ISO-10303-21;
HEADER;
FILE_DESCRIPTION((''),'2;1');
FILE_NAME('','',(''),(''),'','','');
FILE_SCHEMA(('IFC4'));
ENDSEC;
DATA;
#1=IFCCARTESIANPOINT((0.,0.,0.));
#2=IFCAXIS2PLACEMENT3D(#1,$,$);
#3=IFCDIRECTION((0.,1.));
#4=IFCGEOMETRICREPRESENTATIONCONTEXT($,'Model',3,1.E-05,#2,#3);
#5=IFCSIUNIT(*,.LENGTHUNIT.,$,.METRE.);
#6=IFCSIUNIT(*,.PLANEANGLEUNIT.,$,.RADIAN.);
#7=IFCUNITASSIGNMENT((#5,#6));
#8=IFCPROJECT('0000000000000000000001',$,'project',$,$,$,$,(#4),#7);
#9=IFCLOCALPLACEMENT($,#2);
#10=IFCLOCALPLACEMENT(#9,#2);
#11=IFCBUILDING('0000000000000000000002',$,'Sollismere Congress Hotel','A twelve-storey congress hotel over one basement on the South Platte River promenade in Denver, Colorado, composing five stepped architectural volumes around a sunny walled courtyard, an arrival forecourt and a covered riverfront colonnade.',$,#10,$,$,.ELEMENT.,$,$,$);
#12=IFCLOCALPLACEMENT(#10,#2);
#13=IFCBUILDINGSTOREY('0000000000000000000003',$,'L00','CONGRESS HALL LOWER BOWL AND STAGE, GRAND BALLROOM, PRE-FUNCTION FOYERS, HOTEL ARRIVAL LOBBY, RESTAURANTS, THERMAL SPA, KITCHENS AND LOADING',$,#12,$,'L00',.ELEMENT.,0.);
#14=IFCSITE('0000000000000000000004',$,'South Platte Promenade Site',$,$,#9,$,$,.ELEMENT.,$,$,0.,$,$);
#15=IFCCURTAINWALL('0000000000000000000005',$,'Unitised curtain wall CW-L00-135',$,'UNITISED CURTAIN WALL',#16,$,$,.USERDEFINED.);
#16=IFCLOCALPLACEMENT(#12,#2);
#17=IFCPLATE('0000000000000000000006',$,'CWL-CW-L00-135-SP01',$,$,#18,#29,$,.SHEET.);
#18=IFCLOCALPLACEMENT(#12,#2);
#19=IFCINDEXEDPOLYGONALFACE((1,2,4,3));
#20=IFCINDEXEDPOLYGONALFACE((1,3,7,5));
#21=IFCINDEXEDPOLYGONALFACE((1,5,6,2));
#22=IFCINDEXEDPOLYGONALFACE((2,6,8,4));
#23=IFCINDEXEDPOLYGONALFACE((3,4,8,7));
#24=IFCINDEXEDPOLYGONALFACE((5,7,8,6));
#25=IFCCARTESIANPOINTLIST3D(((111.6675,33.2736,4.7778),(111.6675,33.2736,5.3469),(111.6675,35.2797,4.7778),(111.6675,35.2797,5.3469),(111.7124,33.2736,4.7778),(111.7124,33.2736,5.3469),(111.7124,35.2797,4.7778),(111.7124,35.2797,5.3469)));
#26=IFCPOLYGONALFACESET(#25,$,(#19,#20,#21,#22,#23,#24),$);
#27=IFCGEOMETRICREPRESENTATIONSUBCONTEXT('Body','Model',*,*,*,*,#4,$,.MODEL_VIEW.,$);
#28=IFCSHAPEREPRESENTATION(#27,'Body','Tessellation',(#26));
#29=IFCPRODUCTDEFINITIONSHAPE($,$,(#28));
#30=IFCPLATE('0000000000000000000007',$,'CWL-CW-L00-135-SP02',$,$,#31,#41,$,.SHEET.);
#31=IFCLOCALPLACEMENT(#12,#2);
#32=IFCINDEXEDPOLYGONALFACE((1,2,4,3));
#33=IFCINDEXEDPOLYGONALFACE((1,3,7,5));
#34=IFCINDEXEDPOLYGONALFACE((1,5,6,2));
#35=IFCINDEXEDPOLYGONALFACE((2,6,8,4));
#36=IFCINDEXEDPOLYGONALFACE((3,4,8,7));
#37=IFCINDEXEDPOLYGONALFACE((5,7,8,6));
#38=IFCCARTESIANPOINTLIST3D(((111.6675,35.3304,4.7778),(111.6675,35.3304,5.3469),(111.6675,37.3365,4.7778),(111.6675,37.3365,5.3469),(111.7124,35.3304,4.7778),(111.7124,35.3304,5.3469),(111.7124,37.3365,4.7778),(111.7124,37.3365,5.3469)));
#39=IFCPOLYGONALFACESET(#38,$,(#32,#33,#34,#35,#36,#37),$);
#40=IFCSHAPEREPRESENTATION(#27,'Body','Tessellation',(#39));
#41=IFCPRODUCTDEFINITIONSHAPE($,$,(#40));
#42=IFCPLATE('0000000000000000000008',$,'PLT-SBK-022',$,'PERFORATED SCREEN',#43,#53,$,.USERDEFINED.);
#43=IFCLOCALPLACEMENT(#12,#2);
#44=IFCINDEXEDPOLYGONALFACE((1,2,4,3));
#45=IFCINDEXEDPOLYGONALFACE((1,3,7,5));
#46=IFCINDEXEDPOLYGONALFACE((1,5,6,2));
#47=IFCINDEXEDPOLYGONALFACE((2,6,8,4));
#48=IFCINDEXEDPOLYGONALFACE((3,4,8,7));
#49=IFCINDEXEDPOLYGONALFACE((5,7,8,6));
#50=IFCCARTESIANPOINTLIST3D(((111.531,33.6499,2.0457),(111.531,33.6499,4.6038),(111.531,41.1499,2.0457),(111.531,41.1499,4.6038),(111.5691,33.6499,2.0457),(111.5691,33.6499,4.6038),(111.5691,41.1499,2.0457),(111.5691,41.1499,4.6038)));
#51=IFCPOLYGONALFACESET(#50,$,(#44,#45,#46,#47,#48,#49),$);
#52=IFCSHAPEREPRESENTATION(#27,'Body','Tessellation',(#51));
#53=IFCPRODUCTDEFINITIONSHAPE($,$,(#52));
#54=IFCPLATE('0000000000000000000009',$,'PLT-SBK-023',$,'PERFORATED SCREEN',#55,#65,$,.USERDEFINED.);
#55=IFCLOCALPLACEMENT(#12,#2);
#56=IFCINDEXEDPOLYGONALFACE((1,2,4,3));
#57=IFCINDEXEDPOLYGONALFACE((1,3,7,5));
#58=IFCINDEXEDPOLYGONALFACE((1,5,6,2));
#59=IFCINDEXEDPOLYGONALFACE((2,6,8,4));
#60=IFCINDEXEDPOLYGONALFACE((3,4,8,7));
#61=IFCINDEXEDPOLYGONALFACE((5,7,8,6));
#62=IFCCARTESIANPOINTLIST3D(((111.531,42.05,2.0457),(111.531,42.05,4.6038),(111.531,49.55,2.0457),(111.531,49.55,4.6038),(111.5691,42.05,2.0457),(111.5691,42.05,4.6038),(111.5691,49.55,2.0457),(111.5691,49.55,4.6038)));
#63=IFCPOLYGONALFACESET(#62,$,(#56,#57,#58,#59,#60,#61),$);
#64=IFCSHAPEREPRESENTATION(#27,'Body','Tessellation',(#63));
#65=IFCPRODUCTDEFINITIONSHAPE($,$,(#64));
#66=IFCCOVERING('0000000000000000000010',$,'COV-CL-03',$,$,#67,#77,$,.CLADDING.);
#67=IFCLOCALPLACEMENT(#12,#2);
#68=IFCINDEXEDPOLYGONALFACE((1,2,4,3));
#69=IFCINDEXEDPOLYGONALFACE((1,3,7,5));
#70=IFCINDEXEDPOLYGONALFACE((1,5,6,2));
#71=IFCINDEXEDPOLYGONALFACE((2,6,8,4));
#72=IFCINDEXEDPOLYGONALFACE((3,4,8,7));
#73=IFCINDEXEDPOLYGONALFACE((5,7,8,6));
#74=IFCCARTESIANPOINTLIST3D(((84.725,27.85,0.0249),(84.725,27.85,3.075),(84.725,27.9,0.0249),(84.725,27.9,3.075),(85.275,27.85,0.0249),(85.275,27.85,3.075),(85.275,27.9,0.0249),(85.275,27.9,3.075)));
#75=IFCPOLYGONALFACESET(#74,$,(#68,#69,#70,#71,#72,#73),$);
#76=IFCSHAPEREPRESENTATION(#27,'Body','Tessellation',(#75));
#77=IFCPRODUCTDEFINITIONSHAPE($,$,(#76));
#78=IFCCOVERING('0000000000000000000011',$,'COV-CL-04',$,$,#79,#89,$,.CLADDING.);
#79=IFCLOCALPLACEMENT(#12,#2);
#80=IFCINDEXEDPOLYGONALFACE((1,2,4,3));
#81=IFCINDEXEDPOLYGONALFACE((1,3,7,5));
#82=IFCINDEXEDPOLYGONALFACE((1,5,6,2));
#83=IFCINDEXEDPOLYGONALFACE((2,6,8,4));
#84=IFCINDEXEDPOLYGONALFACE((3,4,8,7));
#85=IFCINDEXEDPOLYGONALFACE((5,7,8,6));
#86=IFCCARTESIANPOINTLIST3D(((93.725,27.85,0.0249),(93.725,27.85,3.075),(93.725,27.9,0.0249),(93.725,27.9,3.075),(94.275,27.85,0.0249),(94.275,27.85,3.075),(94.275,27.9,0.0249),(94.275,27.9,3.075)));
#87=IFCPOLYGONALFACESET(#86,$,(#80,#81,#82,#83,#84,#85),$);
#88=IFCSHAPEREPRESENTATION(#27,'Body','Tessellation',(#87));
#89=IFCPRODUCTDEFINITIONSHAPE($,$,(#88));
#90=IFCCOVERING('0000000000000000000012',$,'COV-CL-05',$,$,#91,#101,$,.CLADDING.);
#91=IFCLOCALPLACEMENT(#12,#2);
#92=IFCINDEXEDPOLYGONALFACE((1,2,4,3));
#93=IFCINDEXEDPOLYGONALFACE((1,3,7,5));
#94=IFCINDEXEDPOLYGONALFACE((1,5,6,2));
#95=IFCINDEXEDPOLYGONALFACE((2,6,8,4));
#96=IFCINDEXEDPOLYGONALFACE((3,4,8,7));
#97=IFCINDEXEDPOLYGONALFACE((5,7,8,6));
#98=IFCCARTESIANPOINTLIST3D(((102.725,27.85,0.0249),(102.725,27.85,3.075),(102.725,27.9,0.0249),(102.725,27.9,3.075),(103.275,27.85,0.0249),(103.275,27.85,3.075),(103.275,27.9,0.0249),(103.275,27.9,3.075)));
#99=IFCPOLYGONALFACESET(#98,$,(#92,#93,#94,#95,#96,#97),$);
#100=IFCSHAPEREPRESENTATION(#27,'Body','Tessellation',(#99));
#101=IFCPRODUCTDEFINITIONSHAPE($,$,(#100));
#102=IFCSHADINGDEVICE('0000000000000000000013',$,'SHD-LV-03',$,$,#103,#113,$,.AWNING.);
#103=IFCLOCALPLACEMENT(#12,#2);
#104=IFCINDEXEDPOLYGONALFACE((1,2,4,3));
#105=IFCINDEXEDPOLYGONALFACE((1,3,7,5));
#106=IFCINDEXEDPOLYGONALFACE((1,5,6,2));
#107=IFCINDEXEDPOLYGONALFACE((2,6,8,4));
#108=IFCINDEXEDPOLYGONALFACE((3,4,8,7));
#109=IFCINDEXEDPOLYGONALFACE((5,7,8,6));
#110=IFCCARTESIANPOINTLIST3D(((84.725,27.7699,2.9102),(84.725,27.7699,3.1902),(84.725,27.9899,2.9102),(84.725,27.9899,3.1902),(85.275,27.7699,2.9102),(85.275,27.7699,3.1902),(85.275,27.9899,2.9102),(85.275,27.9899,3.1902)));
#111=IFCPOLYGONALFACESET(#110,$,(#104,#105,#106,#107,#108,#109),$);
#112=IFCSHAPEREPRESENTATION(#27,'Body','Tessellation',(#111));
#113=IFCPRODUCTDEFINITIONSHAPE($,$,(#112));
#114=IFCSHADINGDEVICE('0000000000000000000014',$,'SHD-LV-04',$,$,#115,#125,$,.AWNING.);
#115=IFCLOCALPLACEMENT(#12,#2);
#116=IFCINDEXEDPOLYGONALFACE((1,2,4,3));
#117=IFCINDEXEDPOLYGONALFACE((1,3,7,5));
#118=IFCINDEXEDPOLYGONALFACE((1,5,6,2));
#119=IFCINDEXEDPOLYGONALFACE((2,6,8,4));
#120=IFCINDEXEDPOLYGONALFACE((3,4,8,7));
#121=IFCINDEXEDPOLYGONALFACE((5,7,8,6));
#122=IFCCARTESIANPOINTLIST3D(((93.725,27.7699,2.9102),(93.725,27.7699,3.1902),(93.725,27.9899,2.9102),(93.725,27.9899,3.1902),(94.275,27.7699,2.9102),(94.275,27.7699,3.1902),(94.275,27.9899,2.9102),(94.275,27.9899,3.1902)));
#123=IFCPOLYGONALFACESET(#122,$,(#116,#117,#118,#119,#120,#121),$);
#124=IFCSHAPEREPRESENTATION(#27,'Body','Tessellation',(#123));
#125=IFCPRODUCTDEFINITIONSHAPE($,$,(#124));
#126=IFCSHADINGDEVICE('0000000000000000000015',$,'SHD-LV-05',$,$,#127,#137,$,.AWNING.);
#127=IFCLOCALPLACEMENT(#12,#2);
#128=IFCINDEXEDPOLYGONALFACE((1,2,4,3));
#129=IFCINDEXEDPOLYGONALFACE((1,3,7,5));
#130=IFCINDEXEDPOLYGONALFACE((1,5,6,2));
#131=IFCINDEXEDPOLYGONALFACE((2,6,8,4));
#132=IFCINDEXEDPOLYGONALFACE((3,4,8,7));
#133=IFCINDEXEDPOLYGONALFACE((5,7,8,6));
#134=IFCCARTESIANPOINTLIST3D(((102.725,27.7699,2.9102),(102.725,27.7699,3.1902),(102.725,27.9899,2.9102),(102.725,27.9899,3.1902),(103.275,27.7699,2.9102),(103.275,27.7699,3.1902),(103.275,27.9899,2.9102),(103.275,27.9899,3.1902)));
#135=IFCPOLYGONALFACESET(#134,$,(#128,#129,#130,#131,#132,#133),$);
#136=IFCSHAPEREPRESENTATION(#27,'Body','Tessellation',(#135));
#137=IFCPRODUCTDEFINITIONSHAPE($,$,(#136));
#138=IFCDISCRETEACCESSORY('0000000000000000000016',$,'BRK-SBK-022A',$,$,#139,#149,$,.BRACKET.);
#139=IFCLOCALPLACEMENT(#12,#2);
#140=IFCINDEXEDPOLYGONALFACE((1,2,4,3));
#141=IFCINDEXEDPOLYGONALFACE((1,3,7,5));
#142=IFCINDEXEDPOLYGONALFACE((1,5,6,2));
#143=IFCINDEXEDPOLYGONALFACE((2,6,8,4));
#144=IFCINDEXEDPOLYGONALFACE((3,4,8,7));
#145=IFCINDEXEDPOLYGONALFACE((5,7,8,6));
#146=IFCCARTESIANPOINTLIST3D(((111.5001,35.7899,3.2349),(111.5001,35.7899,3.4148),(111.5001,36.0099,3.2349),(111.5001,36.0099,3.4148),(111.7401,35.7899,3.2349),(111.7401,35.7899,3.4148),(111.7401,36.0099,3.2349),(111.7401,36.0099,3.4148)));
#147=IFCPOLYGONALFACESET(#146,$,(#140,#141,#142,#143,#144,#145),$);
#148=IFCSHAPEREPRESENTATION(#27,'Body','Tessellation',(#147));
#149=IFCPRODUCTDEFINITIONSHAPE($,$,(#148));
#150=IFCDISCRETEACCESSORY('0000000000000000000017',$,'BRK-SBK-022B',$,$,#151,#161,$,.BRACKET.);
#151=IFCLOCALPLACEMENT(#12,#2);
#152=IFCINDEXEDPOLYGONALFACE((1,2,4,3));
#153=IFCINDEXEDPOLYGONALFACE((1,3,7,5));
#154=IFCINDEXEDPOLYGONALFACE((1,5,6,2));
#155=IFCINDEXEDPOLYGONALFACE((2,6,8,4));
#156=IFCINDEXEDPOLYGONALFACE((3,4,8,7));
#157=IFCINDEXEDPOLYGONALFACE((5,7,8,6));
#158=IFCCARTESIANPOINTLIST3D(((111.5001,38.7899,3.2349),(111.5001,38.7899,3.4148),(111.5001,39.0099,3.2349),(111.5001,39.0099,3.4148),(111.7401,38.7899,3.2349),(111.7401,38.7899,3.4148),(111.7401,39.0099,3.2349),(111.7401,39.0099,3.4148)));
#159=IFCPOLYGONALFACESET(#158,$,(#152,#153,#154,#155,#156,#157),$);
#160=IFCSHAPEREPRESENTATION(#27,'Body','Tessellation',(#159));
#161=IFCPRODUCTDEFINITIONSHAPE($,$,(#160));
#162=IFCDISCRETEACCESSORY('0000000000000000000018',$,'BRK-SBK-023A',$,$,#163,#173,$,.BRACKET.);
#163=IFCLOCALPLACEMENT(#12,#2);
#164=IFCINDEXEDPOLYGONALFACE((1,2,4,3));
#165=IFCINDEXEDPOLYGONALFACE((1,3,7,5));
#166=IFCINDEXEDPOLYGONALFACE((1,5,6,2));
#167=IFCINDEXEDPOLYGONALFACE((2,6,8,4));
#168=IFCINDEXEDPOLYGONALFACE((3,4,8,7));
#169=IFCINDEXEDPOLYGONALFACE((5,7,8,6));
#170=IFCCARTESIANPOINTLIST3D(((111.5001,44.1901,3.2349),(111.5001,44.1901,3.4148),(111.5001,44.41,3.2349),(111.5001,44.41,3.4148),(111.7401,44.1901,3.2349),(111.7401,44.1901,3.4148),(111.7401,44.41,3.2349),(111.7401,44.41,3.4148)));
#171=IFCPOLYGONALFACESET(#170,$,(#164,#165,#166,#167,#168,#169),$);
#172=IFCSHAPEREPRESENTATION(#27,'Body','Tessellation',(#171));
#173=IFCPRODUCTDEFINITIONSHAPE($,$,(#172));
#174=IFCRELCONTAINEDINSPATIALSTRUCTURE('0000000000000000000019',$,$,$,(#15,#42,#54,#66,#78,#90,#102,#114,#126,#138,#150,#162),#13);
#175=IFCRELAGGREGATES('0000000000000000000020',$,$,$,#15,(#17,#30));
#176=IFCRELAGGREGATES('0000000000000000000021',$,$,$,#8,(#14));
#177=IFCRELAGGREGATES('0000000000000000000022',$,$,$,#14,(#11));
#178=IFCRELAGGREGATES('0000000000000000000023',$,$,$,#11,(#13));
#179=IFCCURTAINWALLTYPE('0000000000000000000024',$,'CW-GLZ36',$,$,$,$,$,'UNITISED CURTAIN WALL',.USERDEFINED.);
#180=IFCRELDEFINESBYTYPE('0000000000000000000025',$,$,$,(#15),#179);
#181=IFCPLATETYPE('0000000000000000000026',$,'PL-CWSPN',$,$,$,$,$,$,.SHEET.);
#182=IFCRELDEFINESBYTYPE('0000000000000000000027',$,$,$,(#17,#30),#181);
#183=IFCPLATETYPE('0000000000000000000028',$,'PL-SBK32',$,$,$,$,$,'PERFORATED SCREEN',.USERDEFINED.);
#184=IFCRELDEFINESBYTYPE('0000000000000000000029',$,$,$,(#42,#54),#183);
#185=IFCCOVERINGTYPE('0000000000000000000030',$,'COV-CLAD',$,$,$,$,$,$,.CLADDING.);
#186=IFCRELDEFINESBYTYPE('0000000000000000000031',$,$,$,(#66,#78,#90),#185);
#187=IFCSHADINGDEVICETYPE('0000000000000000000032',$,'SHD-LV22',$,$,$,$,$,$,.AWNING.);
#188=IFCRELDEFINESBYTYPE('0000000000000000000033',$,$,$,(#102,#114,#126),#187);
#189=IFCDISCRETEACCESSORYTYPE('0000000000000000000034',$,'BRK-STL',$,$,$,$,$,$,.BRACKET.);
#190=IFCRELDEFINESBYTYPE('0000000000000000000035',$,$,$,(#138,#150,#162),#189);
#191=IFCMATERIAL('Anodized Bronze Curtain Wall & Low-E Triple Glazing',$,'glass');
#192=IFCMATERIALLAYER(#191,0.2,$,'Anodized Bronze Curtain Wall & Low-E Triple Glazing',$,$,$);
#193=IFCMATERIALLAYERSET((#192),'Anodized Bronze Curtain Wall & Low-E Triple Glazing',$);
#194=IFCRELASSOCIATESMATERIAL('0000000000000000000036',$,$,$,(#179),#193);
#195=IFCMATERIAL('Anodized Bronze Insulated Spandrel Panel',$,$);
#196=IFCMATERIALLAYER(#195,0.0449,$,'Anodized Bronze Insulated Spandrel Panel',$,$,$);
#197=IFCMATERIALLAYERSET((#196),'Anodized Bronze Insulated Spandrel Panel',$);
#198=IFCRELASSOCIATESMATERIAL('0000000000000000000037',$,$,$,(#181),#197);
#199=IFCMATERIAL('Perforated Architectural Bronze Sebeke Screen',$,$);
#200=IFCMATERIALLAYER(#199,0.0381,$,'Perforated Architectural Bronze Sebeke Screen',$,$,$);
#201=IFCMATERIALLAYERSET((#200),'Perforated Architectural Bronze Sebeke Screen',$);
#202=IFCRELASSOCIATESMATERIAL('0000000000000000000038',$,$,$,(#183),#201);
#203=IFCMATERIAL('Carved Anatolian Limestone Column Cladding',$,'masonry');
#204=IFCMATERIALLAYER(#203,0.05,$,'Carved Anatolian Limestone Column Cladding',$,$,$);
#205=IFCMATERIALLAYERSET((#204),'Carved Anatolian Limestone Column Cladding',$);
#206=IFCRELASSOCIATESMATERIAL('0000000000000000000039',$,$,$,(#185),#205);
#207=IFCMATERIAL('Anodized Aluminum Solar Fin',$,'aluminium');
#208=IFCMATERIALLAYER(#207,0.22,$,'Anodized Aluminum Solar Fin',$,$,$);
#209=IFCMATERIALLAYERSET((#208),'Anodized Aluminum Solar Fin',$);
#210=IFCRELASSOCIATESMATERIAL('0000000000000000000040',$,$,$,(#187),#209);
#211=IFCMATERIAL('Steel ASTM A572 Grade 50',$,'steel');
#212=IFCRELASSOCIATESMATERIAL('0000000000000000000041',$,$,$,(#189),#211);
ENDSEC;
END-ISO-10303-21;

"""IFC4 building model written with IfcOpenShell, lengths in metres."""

from ifc_helpers import new_model, si_unit, direction, frame, origin, origin_2d, place, context, subcontext, project, spatial, rectangle, extrude, material, layer, layer_set, type_object, element, aggregate, save


model = new_model("IFC4")

# Units and contexts
model_context = context("Model", 3, precision=1e-05, world=origin(), true_north=direction((0.0, 1.0)))
body_context = subcontext(model_context, "Body", "Model", "MODEL_VIEW")
ifc_project = project(units=[si_unit("LENGTHUNIT", "METRE"), si_unit("PLANEANGLEUNIT", "RADIAN")], contexts=[model_context])

# Site, building, storey
site_placement = place(None, origin())
site = spatial("IfcSite", under=ifc_project, at=site_placement, Name="South Platte Promenade Site", CompositionType="ELEMENT", RefElevation=0.0)
building_placement = place(site_placement, origin())
building = spatial("IfcBuilding", under=site, at=building_placement, Name="Sollismere Congress Hotel", Description="A twelve-storey congress hotel over one basement on the South Platte River promenade in Denver, Colorado, composing five stepped architectural volumes around a sunny walled courtyard, an arrival forecourt and a covered riverfront colonnade.", CompositionType="ELEMENT")
storey_placement = place(building_placement, origin())
storey = spatial("IfcBuildingStorey", under=building, at=storey_placement, Name="L00", Description="CONGRESS HALL LOWER BOWL AND STAGE, GRAND BALLROOM, PRE-FUNCTION FOYERS, HOTEL ARRIVAL LOBBY, RESTAURANTS, THERMAL SPA, KITCHENS AND LOADING", LongName="L00", CompositionType="ELEMENT", Elevation=0.0)

# Curtain wall
ifc_material_1 = material(Name="Anodized Bronze Curtain Wall & Low-E Triple Glazing", Category="glass")
ifc_layer_1 = layer(ifc_material_1, 0.2, Name="Anodized Bronze Curtain Wall & Low-E Triple Glazing")
ifc_layer_set_1 = layer_set([ifc_layer_1], Name="Anodized Bronze Curtain Wall & Low-E Triple Glazing")
curtain_wall_type = type_object("IfcCurtainWallType", Name="CW-GLZ36", ElementType="UNITISED CURTAIN WALL", PredefinedType="USERDEFINED", material=ifc_layer_set_1)
curtain_wall_1_placement = place(storey_placement, origin())
curtain_wall_1 = element("IfcCurtainWall", 1, at=curtain_wall_1_placement, inside=storey, type_object=curtain_wall_type, Name="Unitised curtain wall CW-L00-135", ObjectType="UNITISED CURTAIN WALL", PredefinedType="USERDEFINED")

# Plates
ifc_material_2 = material(Name="Anodized Bronze Insulated Spandrel Panel")
ifc_layer_2 = layer(ifc_material_2, 0.0449, Name="Anodized Bronze Insulated Spandrel Panel")
ifc_layer_set_2 = layer_set([ifc_layer_2], Name="Anodized Bronze Insulated Spandrel Panel")
plate_type_1 = type_object("IfcPlateType", Name="PL-CWSPN", PredefinedType="SHEET", material=ifc_layer_set_2)
plate_1_placement = place(storey_placement, frame((111.6899, 34.2766, 4.7778), z_axis=(0.0, 0.0, 1.0), x_axis=(0.0, 1.0, 0.0)))
plate_1 = element("IfcPlate", 2, at=plate_1_placement, type_object=plate_type_1, Name="CWL-CW-L00-135-SP01", PredefinedType="SHEET", context=body_context, shape_type="SweptSolid", body=[
    extrude(rectangle(XDim=2.0061, YDim=0.0449, at=origin_2d()), origin(), (0.0, 0.0, 1.0), 0.5691),
])
plate_2_placement = place(storey_placement, frame((111.6899, 36.3335, 4.7778), z_axis=(0.0, 0.0, 1.0), x_axis=(0.0, 1.0, 0.0)))
plate_2 = element("IfcPlate", 3, at=plate_2_placement, type_object=plate_type_1, Name="CWL-CW-L00-135-SP02", PredefinedType="SHEET", context=body_context, shape_type="SweptSolid", body=[
    extrude(rectangle(XDim=2.0061, YDim=0.0449, at=origin_2d()), origin(), (0.0, 0.0, 1.0), 0.5691),
])
aggregate(curtain_wall_1, [plate_1, plate_2])

# Plates
ifc_material_3 = material(Name="Perforated Architectural Bronze Sebeke Screen")
ifc_layer_3 = layer(ifc_material_3, 0.0381, Name="Perforated Architectural Bronze Sebeke Screen")
ifc_layer_set_3 = layer_set([ifc_layer_3], Name="Perforated Architectural Bronze Sebeke Screen")
plate_type_2 = type_object("IfcPlateType", Name="PL-SBK32", ElementType="PERFORATED SCREEN", PredefinedType="USERDEFINED", material=ifc_layer_set_3)
for number, where, z_axis, x_axis, name in (
    (4, (111.55, 37.3999, 2.0457), (0.0, 0.0, 1.0), (0.0, 1.0, 0.0), "PLT-SBK-022"),
    (5, (111.55, 45.8, 2.0457), (0.0, 0.0, 1.0), (0.0, 1.0, 0.0), "PLT-SBK-023"),
):
    element("IfcPlate", number, at=place(storey_placement, frame(where, z_axis=z_axis, x_axis=x_axis)), inside=storey, type_object=plate_type_2, Name=name, ObjectType="PERFORATED SCREEN", PredefinedType="USERDEFINED", context=body_context, shape_type="SweptSolid", body=[
        extrude(rectangle(XDim=7.5, YDim=0.0381, at=origin_2d()), origin(), (0.0, 0.0, 1.0), 2.5581),
    ])

# Coverings
ifc_material_4 = material(Name="Carved Anatolian Limestone Column Cladding", Category="masonry")
ifc_layer_4 = layer(ifc_material_4, 0.05, Name="Carved Anatolian Limestone Column Cladding")
ifc_layer_set_4 = layer_set([ifc_layer_4], Name="Carved Anatolian Limestone Column Cladding")
covering_type = type_object("IfcCoveringType", Name="COV-CLAD", PredefinedType="CLADDING", material=ifc_layer_set_4)
for number, where, z_axis, x_axis, name in (
    (6, (85.0, 27.875, 0.0249), (0.0, 0.0, 1.0), (1.0, 0.0, 0.0), "COV-CL-03"),
    (7, (94.0, 27.875, 0.0249), (0.0, 0.0, 1.0), (1.0, 0.0, 0.0), "COV-CL-04"),
    (8, (103.0, 27.875, 0.0249), (0.0, 0.0, 1.0), (1.0, 0.0, 0.0), "COV-CL-05"),
):
    element("IfcCovering", number, at=place(storey_placement, frame(where, z_axis=z_axis, x_axis=x_axis)), inside=storey, type_object=covering_type, Name=name, PredefinedType="CLADDING", context=body_context, shape_type="SweptSolid", body=[
        extrude(rectangle(XDim=0.55, YDim=0.05, at=origin_2d()), origin(), (0.0, 0.0, 1.0), 3.05),
    ])

# Shading devices
ifc_material_5 = material(Name="Anodized Aluminum Solar Fin", Category="aluminium")
ifc_layer_5 = layer(ifc_material_5, 0.22, Name="Anodized Aluminum Solar Fin")
ifc_layer_set_5 = layer_set([ifc_layer_5], Name="Anodized Aluminum Solar Fin")
shading_device_type = type_object("IfcShadingDeviceType", Name="SHD-LV22", PredefinedType="AWNING", material=ifc_layer_set_5)
for number, where, z_axis, x_axis, name in (
    (9, (85.0, 27.8799, 2.9102), (0.0, 0.0, 1.0), (1.0, 0.0, 0.0), "SHD-LV-03"),
    (10, (94.0, 27.8799, 2.9102), (0.0, 0.0, 1.0), (1.0, 0.0, 0.0), "SHD-LV-04"),
    (11, (103.0, 27.8799, 2.9102), (0.0, 0.0, 1.0), (1.0, 0.0, 0.0), "SHD-LV-05"),
):
    element("IfcShadingDevice", number, at=place(storey_placement, frame(where, z_axis=z_axis, x_axis=x_axis)), inside=storey, type_object=shading_device_type, Name=name, PredefinedType="AWNING", context=body_context, shape_type="SweptSolid", body=[
        extrude(rectangle(XDim=0.55, YDim=0.22, at=origin_2d()), origin(), (0.0, 0.0, 1.0), 0.28),
    ])

# Discrete accessories
ifc_material_6 = material(Name="Steel ASTM A572 Grade 50", Category="steel")
discrete_accessory_type = type_object("IfcDiscreteAccessoryType", Name="BRK-STL", PredefinedType="BRACKET", material=ifc_material_6)
for number, where, z_axis, x_axis, name in (
    (12, (111.6201, 35.8999, 3.2349), (0.0, 0.0, 1.0), (0.0, 1.0, 0.0), "BRK-SBK-022A"),
    (13, (111.6201, 38.8999, 3.2349), (0.0, 0.0, 1.0), (0.0, 1.0, 0.0), "BRK-SBK-022B"),
    (14, (111.6201, 44.3, 3.2349), (0.0, 0.0, 1.0), (0.0, 1.0, 0.0), "BRK-SBK-023A"),
):
    element("IfcDiscreteAccessory", number, at=place(storey_placement, frame(where, z_axis=z_axis, x_axis=x_axis)), inside=storey, type_object=discrete_accessory_type, Name=name, PredefinedType="BRACKET", context=body_context, shape_type="SweptSolid", body=[
        extrude(rectangle(XDim=0.22, YDim=0.24, at=origin_2d()), origin(), (0.0, 0.0, 1.0), 0.1799),
    ])

save(model, "model.ifc")
